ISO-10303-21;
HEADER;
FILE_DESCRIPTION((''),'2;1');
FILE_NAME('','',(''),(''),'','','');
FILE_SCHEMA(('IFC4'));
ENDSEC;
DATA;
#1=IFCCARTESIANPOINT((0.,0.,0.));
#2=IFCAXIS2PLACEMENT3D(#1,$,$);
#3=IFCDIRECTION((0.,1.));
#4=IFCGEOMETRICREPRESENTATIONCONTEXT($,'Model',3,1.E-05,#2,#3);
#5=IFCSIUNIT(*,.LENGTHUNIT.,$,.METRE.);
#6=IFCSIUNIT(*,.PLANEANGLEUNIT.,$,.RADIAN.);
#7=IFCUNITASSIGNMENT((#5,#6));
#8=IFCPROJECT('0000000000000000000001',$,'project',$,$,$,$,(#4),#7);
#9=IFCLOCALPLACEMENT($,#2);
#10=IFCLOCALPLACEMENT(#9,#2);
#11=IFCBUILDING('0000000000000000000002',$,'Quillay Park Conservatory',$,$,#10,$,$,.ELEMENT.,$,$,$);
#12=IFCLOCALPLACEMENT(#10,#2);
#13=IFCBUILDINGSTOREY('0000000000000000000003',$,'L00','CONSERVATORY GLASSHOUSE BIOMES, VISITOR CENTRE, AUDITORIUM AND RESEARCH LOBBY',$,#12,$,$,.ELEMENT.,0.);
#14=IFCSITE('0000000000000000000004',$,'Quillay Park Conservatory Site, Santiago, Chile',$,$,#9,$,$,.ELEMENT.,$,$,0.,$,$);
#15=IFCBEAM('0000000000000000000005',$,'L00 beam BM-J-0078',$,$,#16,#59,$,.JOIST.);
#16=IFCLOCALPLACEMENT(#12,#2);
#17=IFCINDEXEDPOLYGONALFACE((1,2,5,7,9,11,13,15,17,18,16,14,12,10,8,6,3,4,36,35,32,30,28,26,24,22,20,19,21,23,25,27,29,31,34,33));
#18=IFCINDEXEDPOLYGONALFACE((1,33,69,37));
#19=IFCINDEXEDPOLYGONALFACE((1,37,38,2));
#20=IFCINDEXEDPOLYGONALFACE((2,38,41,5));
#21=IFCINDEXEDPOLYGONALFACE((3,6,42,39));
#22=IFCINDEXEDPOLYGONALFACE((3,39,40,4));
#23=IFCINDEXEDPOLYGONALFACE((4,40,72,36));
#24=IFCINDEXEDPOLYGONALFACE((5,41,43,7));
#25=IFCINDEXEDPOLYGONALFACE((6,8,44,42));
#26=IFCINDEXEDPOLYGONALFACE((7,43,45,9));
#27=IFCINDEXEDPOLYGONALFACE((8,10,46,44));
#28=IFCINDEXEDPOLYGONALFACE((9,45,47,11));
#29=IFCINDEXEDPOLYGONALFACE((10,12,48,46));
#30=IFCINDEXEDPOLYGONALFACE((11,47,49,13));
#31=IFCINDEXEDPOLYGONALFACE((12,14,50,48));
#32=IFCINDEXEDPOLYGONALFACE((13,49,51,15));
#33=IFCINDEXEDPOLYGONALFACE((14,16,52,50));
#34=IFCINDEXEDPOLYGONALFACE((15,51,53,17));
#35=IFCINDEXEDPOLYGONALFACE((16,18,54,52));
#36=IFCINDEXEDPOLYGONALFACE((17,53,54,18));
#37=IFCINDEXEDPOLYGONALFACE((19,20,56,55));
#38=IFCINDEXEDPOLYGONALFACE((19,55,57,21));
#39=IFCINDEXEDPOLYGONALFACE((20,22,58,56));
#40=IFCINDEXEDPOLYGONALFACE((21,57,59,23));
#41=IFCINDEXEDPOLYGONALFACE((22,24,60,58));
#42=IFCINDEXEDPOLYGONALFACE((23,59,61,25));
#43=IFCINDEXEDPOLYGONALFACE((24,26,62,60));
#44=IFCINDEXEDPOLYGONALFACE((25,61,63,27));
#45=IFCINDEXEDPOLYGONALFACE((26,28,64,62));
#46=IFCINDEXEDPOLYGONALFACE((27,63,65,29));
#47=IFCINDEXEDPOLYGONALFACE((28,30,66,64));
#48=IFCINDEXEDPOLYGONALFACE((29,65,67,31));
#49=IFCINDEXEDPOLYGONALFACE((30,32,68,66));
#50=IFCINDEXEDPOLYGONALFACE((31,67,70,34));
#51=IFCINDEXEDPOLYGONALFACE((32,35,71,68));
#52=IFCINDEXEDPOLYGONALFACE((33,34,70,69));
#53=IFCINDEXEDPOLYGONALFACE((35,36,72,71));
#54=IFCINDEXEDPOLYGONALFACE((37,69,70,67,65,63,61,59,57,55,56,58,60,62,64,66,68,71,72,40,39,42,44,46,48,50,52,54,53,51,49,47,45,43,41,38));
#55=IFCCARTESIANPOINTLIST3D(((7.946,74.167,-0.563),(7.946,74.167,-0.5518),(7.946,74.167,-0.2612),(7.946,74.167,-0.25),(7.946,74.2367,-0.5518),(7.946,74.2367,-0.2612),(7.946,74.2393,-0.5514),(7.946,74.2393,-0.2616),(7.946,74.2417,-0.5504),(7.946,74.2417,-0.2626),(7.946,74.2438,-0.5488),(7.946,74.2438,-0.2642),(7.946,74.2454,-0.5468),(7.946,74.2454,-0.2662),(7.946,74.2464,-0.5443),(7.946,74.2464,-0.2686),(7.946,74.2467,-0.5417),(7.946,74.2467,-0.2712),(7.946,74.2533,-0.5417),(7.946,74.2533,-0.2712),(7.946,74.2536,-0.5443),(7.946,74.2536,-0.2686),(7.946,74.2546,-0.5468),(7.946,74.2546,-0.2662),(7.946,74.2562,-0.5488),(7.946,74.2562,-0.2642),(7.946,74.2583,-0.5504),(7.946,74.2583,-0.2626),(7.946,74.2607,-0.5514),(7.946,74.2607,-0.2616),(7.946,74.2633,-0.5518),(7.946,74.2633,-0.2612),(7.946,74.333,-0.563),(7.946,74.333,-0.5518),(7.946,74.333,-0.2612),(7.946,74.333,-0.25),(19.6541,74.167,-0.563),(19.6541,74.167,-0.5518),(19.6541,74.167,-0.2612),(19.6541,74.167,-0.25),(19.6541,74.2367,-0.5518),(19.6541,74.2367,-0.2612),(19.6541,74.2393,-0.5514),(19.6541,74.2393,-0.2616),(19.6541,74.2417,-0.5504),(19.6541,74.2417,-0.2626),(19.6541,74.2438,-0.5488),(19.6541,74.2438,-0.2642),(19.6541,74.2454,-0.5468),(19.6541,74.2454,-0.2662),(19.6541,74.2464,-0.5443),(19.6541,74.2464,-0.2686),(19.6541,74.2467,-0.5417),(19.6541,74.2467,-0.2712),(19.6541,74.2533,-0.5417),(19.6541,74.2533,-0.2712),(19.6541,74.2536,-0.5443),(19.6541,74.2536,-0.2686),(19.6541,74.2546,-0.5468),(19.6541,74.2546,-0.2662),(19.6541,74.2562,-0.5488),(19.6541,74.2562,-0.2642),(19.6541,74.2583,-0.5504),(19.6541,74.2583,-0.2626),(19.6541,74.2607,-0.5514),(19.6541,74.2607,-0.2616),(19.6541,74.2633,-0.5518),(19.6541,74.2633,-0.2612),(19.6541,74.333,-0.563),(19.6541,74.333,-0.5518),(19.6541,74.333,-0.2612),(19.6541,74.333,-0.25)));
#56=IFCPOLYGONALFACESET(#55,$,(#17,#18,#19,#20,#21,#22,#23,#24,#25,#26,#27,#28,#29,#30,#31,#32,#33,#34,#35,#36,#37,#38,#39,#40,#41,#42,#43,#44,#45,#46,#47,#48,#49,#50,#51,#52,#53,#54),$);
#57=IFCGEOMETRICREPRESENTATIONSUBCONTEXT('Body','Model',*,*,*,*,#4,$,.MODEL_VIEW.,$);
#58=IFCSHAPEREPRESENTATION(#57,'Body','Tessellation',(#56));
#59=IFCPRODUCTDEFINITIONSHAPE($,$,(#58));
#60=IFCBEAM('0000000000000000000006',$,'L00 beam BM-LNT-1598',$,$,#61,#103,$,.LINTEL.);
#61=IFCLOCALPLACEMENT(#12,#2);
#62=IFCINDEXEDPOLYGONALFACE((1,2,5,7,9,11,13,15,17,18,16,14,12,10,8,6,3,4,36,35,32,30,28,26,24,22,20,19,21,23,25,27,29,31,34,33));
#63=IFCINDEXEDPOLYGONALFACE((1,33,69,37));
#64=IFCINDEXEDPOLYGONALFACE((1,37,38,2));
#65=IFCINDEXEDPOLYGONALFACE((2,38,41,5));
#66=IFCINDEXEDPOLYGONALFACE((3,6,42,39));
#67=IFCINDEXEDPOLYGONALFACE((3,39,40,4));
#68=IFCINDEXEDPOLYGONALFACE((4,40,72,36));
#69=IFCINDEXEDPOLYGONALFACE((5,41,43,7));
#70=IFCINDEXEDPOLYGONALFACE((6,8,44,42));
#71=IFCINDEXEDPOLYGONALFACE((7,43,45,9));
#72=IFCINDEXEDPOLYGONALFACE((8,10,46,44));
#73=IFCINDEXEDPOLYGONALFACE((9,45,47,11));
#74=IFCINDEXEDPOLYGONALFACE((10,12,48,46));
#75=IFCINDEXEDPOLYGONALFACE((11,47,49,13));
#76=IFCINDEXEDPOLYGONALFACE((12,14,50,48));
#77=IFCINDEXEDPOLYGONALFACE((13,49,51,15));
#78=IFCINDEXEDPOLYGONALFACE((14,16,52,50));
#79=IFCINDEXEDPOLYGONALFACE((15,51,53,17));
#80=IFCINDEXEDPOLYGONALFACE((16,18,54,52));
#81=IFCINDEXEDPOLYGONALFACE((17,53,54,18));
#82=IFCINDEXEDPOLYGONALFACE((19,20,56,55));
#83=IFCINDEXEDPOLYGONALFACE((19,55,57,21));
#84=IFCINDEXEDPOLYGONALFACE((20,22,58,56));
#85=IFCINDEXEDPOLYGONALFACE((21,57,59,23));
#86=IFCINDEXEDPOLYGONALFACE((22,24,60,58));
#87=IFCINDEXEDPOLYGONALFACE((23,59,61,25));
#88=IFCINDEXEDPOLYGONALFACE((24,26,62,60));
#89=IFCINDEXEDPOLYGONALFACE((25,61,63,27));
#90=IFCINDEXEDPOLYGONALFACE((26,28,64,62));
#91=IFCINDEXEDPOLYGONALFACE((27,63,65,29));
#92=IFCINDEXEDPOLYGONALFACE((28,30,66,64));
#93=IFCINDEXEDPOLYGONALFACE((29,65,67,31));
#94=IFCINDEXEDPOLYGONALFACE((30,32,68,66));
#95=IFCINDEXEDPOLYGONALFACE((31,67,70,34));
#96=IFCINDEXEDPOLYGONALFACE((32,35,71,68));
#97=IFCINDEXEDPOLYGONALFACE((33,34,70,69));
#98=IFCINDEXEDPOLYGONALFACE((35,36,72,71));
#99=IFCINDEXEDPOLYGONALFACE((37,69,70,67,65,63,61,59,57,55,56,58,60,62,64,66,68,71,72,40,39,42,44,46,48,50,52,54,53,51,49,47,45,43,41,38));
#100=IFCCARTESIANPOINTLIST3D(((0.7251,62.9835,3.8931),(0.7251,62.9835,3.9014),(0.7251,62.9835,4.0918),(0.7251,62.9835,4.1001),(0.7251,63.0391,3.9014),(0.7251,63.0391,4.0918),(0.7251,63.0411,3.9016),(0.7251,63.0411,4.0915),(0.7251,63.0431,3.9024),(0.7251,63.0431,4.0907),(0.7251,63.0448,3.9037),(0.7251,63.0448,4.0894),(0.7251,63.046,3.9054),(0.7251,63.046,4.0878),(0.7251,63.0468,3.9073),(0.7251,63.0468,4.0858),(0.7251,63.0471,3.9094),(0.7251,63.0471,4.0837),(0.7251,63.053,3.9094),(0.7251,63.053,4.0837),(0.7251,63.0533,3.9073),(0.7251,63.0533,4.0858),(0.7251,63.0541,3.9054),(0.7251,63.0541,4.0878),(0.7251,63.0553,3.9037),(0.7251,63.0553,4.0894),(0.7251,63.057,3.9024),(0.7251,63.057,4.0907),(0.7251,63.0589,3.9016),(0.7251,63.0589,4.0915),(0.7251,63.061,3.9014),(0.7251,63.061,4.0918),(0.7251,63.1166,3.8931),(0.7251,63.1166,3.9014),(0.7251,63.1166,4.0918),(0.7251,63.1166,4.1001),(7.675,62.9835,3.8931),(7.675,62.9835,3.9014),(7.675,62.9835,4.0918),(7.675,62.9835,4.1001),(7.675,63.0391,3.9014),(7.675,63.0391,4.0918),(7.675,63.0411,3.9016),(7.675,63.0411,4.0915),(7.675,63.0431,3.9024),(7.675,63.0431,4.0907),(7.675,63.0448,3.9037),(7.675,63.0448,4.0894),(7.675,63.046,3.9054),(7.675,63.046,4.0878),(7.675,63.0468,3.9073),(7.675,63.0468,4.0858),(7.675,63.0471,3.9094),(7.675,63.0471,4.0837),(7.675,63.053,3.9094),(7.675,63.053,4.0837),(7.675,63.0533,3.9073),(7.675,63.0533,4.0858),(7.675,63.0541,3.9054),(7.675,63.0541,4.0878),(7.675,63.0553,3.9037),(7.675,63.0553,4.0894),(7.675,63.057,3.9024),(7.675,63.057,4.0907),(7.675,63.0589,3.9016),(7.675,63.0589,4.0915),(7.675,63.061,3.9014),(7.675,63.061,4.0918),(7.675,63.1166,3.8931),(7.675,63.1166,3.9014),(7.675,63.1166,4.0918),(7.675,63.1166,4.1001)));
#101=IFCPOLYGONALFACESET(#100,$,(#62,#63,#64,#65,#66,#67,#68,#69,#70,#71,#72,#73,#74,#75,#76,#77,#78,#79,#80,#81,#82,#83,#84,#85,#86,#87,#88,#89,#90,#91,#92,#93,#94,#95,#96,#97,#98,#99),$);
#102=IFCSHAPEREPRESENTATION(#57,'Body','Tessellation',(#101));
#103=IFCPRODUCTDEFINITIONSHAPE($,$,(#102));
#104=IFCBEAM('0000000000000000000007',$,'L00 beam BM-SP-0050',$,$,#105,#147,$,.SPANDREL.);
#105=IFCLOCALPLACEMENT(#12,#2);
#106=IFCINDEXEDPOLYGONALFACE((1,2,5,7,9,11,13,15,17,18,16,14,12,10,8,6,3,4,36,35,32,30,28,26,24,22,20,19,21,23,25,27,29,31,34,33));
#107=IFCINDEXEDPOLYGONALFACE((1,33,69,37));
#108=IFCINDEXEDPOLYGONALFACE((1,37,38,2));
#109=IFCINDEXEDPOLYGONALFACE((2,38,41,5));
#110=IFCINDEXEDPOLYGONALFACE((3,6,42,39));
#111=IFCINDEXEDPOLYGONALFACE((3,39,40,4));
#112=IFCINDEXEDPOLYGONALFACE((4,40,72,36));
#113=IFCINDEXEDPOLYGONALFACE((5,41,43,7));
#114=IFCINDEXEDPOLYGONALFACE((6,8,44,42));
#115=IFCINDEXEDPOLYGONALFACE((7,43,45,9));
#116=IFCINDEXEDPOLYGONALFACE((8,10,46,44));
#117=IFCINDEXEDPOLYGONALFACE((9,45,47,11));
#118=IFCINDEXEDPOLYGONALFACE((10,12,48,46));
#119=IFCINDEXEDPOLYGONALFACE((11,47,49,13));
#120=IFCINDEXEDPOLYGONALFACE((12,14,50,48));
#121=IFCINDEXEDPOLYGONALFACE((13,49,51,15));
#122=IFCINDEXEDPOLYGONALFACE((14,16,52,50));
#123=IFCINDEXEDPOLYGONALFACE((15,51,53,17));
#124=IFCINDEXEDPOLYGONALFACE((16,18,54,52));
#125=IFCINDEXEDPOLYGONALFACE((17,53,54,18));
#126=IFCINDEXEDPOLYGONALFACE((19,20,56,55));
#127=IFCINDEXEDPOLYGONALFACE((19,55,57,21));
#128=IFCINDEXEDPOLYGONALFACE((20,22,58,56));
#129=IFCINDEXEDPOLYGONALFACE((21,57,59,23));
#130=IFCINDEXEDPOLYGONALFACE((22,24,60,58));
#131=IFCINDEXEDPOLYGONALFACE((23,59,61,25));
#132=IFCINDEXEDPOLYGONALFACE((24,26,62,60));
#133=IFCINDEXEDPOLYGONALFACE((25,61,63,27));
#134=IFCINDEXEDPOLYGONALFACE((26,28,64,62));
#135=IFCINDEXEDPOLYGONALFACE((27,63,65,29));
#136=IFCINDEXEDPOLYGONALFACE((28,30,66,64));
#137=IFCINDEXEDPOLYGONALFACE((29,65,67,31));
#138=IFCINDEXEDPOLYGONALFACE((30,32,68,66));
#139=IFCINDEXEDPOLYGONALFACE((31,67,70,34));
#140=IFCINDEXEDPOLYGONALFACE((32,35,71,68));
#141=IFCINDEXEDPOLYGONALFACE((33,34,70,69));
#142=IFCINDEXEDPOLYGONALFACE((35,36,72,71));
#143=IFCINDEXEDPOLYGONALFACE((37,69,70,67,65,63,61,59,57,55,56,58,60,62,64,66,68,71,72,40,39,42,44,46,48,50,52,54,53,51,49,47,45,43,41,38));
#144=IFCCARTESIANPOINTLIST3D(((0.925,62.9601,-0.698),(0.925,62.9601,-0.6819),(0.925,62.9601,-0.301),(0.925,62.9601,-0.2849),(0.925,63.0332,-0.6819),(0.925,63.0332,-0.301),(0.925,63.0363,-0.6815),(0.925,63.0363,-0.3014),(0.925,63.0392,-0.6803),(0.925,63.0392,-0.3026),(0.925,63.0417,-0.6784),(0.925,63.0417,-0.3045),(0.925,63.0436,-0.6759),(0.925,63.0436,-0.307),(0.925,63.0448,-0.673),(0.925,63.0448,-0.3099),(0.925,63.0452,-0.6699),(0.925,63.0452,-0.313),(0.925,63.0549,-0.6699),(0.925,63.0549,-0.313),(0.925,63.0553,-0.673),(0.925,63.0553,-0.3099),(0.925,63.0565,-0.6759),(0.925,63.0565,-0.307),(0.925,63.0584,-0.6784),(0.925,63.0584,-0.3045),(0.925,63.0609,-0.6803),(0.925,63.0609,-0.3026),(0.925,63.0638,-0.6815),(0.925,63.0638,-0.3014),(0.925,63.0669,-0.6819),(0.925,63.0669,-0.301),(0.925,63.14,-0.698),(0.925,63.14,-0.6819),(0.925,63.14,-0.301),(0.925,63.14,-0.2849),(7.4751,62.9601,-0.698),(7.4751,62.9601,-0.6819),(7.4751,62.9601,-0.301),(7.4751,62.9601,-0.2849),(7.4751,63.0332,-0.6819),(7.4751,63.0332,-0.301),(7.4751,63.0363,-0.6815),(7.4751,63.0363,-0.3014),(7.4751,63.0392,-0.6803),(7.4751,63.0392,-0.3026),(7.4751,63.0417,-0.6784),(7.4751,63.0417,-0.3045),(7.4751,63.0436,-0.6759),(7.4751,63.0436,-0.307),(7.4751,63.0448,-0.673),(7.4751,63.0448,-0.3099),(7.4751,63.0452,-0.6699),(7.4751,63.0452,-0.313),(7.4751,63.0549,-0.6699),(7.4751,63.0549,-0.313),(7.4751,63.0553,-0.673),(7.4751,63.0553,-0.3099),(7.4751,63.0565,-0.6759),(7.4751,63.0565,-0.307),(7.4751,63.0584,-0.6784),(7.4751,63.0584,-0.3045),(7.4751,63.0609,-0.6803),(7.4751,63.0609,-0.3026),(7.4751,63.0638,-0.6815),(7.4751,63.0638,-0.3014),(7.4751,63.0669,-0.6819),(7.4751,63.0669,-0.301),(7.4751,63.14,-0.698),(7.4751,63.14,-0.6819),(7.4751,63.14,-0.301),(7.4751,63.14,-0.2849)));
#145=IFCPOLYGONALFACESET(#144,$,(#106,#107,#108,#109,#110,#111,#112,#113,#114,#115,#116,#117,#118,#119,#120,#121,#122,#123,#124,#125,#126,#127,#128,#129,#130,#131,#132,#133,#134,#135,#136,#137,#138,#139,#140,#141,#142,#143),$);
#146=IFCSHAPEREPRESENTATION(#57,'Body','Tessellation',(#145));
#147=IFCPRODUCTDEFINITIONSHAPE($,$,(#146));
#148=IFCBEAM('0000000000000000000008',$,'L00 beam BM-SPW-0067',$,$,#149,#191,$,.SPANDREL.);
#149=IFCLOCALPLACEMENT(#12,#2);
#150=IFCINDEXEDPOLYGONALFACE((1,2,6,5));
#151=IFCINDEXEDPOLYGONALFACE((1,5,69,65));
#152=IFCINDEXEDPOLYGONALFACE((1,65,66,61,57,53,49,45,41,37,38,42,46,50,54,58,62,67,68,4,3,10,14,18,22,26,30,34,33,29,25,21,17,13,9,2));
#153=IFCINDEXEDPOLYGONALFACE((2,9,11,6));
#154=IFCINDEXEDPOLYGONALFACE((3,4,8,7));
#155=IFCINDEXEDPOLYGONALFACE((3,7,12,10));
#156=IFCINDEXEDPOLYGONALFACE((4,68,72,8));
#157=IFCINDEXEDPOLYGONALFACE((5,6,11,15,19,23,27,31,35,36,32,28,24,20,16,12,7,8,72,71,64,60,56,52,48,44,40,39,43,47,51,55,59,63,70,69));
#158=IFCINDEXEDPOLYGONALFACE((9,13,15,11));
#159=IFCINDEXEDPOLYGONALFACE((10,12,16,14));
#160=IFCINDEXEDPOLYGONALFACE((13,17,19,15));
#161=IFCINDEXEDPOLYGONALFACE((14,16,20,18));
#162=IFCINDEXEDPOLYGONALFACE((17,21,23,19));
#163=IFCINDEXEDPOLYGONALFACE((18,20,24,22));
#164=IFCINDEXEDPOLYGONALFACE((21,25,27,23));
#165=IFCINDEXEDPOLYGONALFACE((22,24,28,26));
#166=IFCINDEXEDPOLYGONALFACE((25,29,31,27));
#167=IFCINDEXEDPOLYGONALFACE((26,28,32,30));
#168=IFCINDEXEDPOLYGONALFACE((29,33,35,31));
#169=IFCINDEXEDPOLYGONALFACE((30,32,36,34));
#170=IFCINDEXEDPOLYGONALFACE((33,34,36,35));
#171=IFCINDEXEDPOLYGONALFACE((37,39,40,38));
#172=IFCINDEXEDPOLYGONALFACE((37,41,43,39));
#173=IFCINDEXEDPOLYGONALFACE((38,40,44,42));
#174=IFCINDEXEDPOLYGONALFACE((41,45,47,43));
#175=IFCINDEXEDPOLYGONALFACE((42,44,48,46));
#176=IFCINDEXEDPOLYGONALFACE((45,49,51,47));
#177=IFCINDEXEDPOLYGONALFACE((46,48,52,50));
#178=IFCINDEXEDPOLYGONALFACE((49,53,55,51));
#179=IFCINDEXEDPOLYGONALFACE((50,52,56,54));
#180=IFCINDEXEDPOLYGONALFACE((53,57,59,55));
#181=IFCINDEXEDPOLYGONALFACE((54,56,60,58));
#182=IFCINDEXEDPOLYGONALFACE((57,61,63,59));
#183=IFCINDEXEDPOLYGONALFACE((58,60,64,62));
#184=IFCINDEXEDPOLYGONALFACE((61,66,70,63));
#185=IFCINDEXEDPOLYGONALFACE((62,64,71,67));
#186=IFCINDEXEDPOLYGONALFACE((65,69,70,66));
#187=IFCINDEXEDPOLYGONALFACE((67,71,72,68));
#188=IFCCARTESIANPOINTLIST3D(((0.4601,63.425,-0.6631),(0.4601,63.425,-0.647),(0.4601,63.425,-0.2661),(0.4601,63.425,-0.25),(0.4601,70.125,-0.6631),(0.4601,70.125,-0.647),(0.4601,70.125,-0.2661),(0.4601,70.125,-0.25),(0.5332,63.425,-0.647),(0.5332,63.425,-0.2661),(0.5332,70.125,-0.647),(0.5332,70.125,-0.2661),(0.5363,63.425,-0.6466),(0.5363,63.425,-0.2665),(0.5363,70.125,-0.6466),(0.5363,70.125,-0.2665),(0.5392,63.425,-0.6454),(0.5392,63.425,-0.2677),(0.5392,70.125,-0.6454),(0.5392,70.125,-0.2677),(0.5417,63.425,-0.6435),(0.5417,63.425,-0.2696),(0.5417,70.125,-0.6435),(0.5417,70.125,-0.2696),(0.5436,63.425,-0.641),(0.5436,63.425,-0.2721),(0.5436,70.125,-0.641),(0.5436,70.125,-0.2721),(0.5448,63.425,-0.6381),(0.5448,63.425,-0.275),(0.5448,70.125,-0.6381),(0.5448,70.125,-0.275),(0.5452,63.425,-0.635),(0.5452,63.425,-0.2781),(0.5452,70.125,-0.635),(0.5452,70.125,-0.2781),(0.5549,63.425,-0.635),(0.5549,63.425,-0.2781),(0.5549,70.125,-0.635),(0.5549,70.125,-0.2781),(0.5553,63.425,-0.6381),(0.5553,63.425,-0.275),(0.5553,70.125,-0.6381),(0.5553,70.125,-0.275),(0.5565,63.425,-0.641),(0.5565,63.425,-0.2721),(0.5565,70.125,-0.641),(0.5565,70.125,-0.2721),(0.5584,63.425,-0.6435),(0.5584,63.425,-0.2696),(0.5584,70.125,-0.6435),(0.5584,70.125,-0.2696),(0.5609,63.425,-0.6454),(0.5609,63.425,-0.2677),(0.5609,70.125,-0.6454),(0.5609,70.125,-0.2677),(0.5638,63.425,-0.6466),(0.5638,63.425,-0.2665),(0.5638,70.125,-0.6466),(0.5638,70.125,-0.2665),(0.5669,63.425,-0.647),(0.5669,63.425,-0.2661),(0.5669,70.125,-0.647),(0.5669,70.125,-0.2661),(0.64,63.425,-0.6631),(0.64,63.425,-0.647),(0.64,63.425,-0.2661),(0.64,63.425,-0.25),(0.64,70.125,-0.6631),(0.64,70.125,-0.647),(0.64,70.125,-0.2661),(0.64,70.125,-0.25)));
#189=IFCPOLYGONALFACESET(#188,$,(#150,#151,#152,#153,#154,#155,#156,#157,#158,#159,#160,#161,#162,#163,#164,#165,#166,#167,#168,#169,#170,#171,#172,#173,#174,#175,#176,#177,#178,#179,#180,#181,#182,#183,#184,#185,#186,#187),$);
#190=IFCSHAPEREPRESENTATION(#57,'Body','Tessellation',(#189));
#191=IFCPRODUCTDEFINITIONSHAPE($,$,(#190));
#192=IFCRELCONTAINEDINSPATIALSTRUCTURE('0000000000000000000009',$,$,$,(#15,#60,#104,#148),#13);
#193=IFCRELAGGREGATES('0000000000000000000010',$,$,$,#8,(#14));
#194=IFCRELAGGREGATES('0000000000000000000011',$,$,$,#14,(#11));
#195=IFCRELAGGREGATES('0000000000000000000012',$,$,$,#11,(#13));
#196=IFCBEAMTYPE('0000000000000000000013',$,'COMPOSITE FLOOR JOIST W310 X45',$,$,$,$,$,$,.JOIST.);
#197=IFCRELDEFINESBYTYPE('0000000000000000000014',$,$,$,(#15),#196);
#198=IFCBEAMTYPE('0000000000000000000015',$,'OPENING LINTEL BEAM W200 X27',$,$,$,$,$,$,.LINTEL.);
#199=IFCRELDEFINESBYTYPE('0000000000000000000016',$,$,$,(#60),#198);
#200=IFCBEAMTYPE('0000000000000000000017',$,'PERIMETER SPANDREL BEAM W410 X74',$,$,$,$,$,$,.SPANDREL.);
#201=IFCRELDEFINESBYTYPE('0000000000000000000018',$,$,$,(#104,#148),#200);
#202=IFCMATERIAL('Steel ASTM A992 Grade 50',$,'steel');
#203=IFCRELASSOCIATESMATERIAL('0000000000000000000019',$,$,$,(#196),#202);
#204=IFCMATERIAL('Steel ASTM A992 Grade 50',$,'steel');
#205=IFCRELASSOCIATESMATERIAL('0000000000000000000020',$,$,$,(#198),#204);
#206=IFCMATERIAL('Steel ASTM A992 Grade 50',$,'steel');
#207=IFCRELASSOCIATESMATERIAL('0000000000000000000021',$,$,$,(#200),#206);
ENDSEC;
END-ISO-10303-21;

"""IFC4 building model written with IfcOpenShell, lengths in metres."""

from ifc_helpers import new_model, si_unit, direction, frame, origin, origin_2d, place, context, subcontext, project, spatial, i_section, extrude, material, material_profile, profile_set, type_object, element, save


model = new_model("IFC4")

# Units and contexts
model_context = context("Model", 3, precision=1e-05, world=origin(), true_north=direction((0.0, 1.0)))
body_context = subcontext(model_context, "Body", "Model", "MODEL_VIEW")
ifc_project = project(units=[si_unit("LENGTHUNIT", "METRE"), si_unit("PLANEANGLEUNIT", "RADIAN")], contexts=[model_context])

# Site, building, storey
site_placement = place(None, origin())
site = spatial("IfcSite", under=ifc_project, at=site_placement, Name="Quillay Park Conservatory Site, Santiago, Chile", CompositionType="ELEMENT", RefElevation=0.0)
building_placement = place(site_placement, origin())
building = spatial("IfcBuilding", under=site, at=building_placement, Name="Quillay Park Conservatory", CompositionType="ELEMENT")
storey_placement = place(building_placement, origin())
storey = spatial("IfcBuildingStorey", under=building, at=storey_placement, Name="L00", Description="CONSERVATORY GLASSHOUSE BIOMES, VISITOR CENTRE, AUDITORIUM AND RESEARCH LOBBY", CompositionType="ELEMENT", Elevation=0.0)

# Beams
ifc_material_1 = material(Name="Steel ASTM A992 Grade 50", Category="steel")
ifc_material_profile_1 = material_profile(ifc_material_1, i_section(OverallWidth=0.166, OverallDepth=0.313, WebThickness=0.0066, FlangeThickness=0.0112, FilletRadius=0.01, at=origin_2d()), Name="W310x45")
ifc_profile_set_1 = profile_set([ifc_material_profile_1], Name="Steel ASTM A992 Grade 50")
beam_type_1 = type_object("IfcBeamType", Name="COMPOSITE FLOOR JOIST W310 X45", PredefinedType="JOIST", material=ifc_profile_set_1)
for number, where, z_axis, x_axis, name in (
    (1, (7.946, 74.25, -0.4065), (1.0, 0.0, 0.0), (0.0, 1.0, 0.0), "L00 beam BM-J-0078"),
):
    element("IfcBeam", number, at=place(storey_placement, frame(where, z_axis=z_axis, x_axis=x_axis)), inside=storey, type_object=beam_type_1, Name=name, PredefinedType="JOIST", context=body_context, shape_type="SweptSolid", body=[
        extrude(i_section(OverallWidth=0.166, OverallDepth=0.313, WebThickness=0.0066, FlangeThickness=0.0112, FilletRadius=0.01, at=origin_2d()), origin(), (0.0, 0.0, 1.0), 11.708),
    ])
ifc_material_2 = material(Name="Steel ASTM A992 Grade 50", Category="steel")
ifc_material_profile_2 = material_profile(ifc_material_2, i_section(OverallWidth=0.1331, OverallDepth=0.207, WebThickness=0.0059, FlangeThickness=0.0083, FilletRadius=0.0081, at=origin_2d()), Name="W200x27")
ifc_profile_set_2 = profile_set([ifc_material_profile_2], Name="Steel ASTM A992 Grade 50")
beam_type_2 = type_object("IfcBeamType", Name="OPENING LINTEL BEAM W200 X27", PredefinedType="LINTEL", material=ifc_profile_set_2)
beam_1_placement = place(storey_placement, frame((0.7251, 63.05, 3.9966), z_axis=(1.0, 0.0, 0.0), x_axis=(0.0, 1.0, 0.0)))
element("IfcBeam", 2, at=beam_1_placement, inside=storey, type_object=beam_type_2, Name="L00 beam BM-LNT-1598", PredefinedType="LINTEL", context=body_context, shape_type="SweptSolid", body=[
    extrude(i_section(OverallWidth=0.1331, OverallDepth=0.207, WebThickness=0.0059, FlangeThickness=0.0083, FilletRadius=0.0081, at=origin_2d()), origin(), (0.0, 0.0, 1.0), 6.95),
])
ifc_material_3 = material(Name="Steel ASTM A992 Grade 50", Category="steel")
ifc_material_profile_3 = material_profile(ifc_material_3, i_section(OverallWidth=0.1799, OverallDepth=0.4131, WebThickness=0.0098, FlangeThickness=0.0161, FilletRadius=0.012, at=origin_2d()), Name="W410x74")
ifc_profile_set_3 = profile_set([ifc_material_profile_3], Name="Steel ASTM A992 Grade 50")
beam_type_3 = type_object("IfcBeamType", Name="PERIMETER SPANDREL BEAM W410 X74", PredefinedType="SPANDREL", material=ifc_profile_set_3)
beam_2_placement = place(storey_placement, frame((0.925, 63.05, -0.4915), z_axis=(1.0, 0.0, 0.0), x_axis=(0.0, 1.0, 0.0)))
element("IfcBeam", 3, at=beam_2_placement, inside=storey, type_object=beam_type_3, Name="L00 beam BM-SP-0050", PredefinedType="SPANDREL", context=body_context, shape_type="SweptSolid", body=[
    extrude(i_section(OverallWidth=0.1799, OverallDepth=0.4131, WebThickness=0.0098, FlangeThickness=0.0161, FilletRadius=0.012, at=origin_2d()), origin(), (0.0, 0.0, 1.0), 6.55),
])
beam_3_placement = place(storey_placement, frame((0.55, 63.425, -0.4565), z_axis=(0.0, 1.0, 0.0), x_axis=(-1.0, 0.0, 0.0)))
element("IfcBeam", 4, at=beam_3_placement, inside=storey, type_object=beam_type_3, Name="L00 beam BM-SPW-0067", PredefinedType="SPANDREL", context=body_context, shape_type="SweptSolid", body=[
    extrude(i_section(OverallWidth=0.1799, OverallDepth=0.4131, WebThickness=0.0098, FlangeThickness=0.0161, FilletRadius=0.012, at=origin_2d()), origin(), (0.0, 0.0, 1.0), 6.7),
])

save(model, "model.ifc")
